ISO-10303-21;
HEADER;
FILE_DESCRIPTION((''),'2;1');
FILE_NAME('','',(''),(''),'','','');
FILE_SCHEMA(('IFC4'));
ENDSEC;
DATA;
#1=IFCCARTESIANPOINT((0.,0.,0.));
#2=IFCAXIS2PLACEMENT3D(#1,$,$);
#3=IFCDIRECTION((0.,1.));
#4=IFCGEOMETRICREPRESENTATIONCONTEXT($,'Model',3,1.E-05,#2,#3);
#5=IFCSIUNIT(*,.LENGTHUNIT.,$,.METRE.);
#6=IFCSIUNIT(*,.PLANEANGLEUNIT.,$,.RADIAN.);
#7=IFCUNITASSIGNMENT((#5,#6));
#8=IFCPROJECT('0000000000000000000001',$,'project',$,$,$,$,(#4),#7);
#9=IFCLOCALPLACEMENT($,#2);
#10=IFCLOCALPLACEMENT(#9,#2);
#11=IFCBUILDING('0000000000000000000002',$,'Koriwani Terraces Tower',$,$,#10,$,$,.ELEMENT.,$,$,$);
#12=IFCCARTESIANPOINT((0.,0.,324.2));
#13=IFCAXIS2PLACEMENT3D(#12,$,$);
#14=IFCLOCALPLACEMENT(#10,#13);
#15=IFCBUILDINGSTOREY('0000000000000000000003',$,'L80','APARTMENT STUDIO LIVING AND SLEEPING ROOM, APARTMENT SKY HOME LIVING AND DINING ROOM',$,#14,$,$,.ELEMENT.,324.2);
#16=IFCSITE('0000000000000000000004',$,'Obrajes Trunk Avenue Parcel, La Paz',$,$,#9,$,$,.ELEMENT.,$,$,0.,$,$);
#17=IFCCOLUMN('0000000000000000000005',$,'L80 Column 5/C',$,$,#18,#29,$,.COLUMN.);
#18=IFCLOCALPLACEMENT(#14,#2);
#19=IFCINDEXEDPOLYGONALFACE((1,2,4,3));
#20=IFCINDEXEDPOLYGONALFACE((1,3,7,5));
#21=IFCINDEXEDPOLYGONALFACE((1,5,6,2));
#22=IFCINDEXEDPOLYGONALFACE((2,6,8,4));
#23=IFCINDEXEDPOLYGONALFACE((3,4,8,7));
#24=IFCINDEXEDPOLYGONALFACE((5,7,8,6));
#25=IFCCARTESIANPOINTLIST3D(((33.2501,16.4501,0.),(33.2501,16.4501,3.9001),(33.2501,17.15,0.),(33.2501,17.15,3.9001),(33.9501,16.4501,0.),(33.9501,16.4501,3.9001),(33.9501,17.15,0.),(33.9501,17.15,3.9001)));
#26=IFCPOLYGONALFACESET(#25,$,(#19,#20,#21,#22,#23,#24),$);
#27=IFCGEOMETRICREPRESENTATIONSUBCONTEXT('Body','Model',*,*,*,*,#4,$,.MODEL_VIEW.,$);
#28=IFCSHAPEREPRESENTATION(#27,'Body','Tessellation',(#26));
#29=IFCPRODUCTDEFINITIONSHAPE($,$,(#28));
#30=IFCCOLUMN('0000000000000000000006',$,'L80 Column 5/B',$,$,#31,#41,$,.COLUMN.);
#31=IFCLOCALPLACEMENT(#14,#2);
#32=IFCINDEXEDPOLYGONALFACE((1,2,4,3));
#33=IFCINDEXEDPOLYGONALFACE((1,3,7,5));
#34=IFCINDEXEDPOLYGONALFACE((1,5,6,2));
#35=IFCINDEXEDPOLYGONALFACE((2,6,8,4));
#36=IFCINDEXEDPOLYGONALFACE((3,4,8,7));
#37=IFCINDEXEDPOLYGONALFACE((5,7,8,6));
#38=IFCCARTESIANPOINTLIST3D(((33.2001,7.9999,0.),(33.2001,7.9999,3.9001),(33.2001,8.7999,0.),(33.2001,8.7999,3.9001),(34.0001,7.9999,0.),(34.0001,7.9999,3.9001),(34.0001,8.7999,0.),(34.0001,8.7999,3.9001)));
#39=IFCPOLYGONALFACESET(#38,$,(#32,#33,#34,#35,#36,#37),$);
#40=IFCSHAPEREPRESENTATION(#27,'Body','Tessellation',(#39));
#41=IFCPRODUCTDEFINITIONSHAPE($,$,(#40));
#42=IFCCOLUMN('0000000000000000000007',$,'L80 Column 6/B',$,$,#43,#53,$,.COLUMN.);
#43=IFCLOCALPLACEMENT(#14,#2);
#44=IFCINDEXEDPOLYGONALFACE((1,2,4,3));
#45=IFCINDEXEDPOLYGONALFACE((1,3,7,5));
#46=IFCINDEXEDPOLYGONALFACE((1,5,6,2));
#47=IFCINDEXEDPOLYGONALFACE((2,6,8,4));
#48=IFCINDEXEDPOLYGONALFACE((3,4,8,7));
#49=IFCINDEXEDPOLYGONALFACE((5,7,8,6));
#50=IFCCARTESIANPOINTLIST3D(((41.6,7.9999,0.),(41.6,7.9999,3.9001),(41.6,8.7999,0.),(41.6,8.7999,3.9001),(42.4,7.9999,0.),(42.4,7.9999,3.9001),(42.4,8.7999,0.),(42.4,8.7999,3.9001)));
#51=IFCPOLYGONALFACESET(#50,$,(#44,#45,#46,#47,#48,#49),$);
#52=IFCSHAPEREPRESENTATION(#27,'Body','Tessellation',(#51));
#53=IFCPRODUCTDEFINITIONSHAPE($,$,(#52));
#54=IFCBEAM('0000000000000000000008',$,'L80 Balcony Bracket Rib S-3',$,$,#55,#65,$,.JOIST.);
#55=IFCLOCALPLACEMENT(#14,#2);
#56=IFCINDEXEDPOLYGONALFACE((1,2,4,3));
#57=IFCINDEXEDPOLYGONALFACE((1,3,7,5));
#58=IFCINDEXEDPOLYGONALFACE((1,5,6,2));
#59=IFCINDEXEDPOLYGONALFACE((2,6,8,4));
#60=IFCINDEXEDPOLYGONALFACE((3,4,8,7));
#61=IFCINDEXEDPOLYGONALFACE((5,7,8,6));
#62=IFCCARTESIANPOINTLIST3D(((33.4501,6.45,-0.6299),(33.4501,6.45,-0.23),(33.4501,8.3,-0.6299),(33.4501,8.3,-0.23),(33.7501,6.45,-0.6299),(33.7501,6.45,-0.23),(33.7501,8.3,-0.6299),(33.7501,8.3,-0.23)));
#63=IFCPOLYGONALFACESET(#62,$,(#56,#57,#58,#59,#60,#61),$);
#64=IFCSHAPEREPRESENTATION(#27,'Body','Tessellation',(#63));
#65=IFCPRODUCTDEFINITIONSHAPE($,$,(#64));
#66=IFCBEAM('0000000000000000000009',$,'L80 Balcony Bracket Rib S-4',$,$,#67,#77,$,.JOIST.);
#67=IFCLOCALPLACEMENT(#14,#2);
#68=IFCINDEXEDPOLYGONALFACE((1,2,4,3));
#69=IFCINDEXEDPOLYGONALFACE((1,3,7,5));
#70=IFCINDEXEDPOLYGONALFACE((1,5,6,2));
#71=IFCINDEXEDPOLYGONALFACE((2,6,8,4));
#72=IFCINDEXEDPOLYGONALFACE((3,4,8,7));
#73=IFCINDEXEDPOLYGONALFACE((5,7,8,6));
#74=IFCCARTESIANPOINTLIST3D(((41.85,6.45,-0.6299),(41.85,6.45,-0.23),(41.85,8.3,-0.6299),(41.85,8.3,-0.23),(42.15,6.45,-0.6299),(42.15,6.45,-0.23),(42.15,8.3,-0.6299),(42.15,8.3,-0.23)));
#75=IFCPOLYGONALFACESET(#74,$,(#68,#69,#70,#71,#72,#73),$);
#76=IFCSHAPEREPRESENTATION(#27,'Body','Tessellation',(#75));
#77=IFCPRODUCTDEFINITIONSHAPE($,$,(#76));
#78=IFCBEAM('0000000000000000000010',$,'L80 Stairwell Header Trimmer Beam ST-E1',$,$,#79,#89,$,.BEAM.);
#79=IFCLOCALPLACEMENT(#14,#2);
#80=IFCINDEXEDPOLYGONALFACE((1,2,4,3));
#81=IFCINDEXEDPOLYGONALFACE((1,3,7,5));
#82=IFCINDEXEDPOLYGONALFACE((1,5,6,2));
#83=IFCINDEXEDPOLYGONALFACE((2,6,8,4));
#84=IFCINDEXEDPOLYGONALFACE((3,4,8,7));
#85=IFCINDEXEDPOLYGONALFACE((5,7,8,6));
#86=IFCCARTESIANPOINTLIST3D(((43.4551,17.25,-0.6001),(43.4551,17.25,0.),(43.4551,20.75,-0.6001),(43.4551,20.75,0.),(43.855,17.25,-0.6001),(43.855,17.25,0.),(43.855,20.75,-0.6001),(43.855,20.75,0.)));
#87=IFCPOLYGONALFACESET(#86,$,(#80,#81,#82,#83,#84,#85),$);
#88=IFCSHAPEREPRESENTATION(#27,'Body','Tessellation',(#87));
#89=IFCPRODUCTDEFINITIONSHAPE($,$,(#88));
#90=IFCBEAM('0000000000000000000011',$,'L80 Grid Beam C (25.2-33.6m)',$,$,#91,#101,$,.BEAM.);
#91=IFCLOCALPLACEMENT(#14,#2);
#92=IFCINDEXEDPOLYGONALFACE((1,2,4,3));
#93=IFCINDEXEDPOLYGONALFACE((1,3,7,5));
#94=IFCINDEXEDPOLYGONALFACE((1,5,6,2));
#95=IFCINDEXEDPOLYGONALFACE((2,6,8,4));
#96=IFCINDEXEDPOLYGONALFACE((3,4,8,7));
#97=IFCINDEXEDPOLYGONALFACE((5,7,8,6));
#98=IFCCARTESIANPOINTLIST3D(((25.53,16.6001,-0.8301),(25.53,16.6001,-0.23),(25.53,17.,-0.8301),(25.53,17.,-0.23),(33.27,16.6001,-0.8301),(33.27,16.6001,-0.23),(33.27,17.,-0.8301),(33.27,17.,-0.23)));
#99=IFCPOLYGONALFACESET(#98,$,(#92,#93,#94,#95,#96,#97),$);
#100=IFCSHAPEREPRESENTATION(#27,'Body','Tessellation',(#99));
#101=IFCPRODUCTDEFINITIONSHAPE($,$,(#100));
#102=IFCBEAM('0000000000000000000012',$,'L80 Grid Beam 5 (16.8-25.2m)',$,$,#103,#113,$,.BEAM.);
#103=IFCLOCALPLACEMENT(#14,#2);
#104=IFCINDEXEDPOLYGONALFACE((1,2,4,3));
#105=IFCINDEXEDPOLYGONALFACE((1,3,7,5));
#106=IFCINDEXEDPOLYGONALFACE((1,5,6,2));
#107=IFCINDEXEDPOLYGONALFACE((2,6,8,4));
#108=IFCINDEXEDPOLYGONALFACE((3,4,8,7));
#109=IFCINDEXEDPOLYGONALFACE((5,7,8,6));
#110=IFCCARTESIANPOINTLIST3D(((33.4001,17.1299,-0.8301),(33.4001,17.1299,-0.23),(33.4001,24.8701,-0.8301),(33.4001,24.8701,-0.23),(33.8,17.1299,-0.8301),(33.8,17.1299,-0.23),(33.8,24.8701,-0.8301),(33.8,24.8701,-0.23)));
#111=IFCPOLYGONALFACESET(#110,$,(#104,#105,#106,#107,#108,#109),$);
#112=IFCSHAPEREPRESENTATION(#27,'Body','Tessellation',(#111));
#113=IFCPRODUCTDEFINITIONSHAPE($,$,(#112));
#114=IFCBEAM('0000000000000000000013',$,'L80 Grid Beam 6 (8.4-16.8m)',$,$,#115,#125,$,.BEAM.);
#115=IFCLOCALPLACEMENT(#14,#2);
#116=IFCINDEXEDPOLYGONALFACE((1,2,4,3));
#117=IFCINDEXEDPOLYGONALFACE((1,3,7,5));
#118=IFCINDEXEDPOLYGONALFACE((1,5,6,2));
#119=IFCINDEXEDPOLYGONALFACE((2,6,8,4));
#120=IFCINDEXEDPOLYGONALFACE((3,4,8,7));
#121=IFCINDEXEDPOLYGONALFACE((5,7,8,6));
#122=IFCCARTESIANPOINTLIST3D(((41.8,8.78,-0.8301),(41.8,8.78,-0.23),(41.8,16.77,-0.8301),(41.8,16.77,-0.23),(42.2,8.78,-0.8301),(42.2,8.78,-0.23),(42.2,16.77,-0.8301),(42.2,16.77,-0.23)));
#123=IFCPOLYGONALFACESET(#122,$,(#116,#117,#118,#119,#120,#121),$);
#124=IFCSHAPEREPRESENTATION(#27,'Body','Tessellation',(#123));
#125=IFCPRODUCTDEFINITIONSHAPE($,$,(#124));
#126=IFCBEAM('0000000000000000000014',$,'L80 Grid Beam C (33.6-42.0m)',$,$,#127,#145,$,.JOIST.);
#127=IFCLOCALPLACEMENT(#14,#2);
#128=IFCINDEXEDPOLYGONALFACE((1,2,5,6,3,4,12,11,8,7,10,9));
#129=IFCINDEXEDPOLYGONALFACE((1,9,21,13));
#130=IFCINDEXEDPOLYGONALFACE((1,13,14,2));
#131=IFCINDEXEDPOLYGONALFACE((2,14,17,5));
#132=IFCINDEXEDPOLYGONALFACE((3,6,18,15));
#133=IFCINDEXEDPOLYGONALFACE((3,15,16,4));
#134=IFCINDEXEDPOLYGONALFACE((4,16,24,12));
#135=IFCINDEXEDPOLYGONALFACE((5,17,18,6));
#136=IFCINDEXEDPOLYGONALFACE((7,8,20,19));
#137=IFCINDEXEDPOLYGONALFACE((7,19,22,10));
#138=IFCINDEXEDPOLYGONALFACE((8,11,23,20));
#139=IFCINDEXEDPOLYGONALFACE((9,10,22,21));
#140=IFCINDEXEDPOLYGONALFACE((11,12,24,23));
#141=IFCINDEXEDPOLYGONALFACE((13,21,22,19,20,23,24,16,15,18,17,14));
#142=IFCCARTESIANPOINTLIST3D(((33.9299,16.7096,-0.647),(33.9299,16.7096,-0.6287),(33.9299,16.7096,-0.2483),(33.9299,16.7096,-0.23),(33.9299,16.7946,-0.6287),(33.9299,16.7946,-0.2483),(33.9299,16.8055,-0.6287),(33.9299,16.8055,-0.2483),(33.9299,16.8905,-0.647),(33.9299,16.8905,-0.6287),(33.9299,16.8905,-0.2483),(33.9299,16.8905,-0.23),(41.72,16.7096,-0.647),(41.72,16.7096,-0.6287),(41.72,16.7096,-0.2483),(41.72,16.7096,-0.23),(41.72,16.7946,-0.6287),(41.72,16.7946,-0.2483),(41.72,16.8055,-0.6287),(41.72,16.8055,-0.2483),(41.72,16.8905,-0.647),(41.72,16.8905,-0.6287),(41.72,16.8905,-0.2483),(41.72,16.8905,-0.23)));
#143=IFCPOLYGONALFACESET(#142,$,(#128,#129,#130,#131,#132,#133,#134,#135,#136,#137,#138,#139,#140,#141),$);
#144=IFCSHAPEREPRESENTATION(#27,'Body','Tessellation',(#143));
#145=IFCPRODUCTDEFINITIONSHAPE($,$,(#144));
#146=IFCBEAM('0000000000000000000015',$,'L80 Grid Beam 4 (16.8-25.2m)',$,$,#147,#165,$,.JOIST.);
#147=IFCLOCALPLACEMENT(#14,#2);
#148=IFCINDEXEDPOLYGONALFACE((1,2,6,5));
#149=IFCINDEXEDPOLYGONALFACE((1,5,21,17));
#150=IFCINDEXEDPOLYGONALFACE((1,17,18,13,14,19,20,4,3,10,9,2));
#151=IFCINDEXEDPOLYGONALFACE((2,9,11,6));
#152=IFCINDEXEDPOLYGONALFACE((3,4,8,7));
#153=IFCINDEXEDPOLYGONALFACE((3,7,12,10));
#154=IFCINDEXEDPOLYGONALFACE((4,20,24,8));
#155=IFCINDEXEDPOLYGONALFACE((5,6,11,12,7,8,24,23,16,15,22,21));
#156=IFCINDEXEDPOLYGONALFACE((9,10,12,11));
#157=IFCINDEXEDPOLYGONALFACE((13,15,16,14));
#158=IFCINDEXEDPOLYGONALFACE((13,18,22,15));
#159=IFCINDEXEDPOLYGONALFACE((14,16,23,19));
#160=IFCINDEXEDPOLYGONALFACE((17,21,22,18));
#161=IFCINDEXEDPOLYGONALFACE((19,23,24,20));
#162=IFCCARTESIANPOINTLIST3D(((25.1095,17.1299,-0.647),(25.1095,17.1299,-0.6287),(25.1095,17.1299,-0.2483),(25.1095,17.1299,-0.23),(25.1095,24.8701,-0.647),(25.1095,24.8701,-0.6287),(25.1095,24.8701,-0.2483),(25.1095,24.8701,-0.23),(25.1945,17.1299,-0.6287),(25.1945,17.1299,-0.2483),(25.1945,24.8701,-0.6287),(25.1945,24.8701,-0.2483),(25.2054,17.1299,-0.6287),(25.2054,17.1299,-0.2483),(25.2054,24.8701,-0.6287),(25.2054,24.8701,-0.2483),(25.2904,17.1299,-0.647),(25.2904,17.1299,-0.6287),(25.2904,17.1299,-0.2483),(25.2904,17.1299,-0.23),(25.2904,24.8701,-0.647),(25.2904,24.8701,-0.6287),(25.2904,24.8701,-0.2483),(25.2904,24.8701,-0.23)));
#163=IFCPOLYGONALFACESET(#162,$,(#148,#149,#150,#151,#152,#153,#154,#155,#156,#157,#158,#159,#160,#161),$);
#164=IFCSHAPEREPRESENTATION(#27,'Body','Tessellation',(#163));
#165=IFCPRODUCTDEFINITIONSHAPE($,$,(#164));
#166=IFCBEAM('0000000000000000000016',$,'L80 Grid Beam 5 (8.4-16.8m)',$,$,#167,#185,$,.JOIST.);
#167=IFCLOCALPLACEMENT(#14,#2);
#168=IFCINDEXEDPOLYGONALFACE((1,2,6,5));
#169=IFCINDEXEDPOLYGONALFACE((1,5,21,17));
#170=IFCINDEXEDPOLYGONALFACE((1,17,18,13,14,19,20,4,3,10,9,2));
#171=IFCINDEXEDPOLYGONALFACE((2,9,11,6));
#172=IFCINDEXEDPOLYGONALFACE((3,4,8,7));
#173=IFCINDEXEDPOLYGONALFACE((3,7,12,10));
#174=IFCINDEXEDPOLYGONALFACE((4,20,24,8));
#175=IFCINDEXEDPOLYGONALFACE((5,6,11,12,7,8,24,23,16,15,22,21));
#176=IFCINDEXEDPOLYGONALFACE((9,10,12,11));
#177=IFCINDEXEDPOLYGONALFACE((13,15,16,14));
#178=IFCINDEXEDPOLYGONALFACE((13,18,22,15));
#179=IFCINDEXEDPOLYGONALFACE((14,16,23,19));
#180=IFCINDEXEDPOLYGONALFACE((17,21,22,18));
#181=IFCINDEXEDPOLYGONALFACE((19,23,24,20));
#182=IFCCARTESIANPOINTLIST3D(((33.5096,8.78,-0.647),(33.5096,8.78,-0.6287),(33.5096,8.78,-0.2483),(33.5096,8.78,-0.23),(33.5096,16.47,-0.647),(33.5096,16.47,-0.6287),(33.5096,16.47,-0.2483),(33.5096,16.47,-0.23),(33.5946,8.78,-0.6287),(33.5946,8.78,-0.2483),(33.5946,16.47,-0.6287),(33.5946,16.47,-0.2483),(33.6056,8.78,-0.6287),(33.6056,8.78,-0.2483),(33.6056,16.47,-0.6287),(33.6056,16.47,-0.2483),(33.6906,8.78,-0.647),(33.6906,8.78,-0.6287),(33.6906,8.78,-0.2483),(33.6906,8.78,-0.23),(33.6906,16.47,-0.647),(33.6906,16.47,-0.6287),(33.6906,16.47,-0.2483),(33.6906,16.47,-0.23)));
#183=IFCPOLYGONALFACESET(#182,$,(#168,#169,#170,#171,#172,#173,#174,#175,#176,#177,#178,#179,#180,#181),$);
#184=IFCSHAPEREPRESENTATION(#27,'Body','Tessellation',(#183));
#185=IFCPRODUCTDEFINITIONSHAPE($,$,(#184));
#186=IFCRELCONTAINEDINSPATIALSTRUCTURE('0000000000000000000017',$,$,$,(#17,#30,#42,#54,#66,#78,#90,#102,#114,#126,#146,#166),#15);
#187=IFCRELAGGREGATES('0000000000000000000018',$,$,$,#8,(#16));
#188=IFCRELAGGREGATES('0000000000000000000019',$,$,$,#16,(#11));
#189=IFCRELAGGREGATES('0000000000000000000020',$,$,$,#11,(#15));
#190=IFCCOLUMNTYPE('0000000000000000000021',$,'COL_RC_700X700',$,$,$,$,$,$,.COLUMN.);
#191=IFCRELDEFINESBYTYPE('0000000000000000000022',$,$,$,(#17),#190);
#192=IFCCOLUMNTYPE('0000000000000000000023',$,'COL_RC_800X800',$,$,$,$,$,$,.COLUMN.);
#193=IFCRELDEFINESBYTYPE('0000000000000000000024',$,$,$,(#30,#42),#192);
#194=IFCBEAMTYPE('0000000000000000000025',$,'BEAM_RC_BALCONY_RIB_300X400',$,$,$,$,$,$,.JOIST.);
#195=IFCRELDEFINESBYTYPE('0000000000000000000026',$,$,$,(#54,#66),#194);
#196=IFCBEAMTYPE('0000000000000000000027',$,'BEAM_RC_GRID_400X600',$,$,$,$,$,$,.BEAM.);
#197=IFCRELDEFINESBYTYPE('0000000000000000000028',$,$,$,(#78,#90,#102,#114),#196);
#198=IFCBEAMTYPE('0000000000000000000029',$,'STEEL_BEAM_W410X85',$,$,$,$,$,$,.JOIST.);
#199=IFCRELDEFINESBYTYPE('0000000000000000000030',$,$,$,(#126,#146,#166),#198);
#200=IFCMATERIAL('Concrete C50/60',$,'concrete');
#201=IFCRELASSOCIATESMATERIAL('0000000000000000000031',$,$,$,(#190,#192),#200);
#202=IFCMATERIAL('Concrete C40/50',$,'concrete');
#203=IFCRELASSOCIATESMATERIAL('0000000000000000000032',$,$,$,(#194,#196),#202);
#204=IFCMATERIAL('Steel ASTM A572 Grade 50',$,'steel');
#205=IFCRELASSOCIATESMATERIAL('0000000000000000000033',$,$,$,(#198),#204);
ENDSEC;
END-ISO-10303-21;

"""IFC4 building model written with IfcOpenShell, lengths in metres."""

from ifc_helpers import new_model, si_unit, direction, frame, origin, origin_2d, place, context, subcontext, project, spatial, rectangle, i_section, extrude, material, material_profile, profile_set, type_object, element, save


model = new_model("IFC4")

# Units and contexts
model_context = context("Model", 3, precision=1e-05, world=origin(), true_north=direction((0.0, 1.0)))
body_context = subcontext(model_context, "Body", "Model", "MODEL_VIEW")
ifc_project = project(units=[si_unit("LENGTHUNIT", "METRE"), si_unit("PLANEANGLEUNIT", "RADIAN")], contexts=[model_context])

# Site, building, storey
site_placement = place(None, origin())
site = spatial("IfcSite", under=ifc_project, at=site_placement, Name="Obrajes Trunk Avenue Parcel, La Paz", CompositionType="ELEMENT", RefElevation=0.0)
building_placement = place(site_placement, origin())
building = spatial("IfcBuilding", under=site, at=building_placement, Name="Koriwani Terraces Tower", CompositionType="ELEMENT")
storey_placement = place(building_placement, frame((0.0, 0.0, 324.2)))
storey = spatial("IfcBuildingStorey", under=building, at=storey_placement, Name="L80", Description="APARTMENT STUDIO LIVING AND SLEEPING ROOM, APARTMENT SKY HOME LIVING AND DINING ROOM", CompositionType="ELEMENT", Elevation=324.2)

# Columns
ifc_material_1 = material(Name="Concrete C50/60", Category="concrete")
ifc_material_profile_1 = material_profile(ifc_material_1, rectangle(XDim=0.7, YDim=0.7, at=origin_2d()), Name="Concrete C50/60", Category="LoadBearing")
ifc_profile_set_1 = profile_set([ifc_material_profile_1], Name="Concrete C50/60")
column_type_1 = type_object("IfcColumnType", Name="COL_RC_700X700", PredefinedType="COLUMN", material=ifc_profile_set_1)
column_placement = place(storey_placement, frame((33.6001, 16.8, 0.0), z_axis=(0.0, 0.0, 1.0), x_axis=(1.0, 0.0, 0.0)))
element("IfcColumn", 1, at=column_placement, inside=storey, type_object=column_type_1, Name="L80 Column 5/C", PredefinedType="COLUMN", context=body_context, shape_type="SweptSolid", body=[
    extrude(rectangle(XDim=0.7, YDim=0.7, at=origin_2d()), origin(), (0.0, 0.0, 1.0), 3.9001),
])
ifc_material_profile_2 = material_profile(ifc_material_1, rectangle(XDim=0.8, YDim=0.8, at=origin_2d()), Name="Concrete C50/60", Category="LoadBearing")
ifc_profile_set_2 = profile_set([ifc_material_profile_2], Name="Concrete C50/60")
column_type_2 = type_object("IfcColumnType", Name="COL_RC_800X800", PredefinedType="COLUMN", material=ifc_profile_set_2)
for number, where, z_axis, x_axis, name in (
    (2, (33.6001, 8.3999, 0.0), (0.0, 0.0, 1.0), (1.0, 0.0, 0.0), "L80 Column 5/B"),
    (3, (42.0, 8.3999, 0.0), (0.0, 0.0, 1.0), (1.0, 0.0, 0.0), "L80 Column 6/B"),
):
    element("IfcColumn", number, at=place(storey_placement, frame(where, z_axis=z_axis, x_axis=x_axis)), inside=storey, type_object=column_type_2, Name=name, PredefinedType="COLUMN", context=body_context, shape_type="SweptSolid", body=[
        extrude(rectangle(XDim=0.8, YDim=0.8, at=origin_2d()), origin(), (0.0, 0.0, 1.0), 3.9001),
    ])

# Beams
ifc_material_2 = material(Name="Concrete C40/50", Category="concrete")
ifc_material_profile_3 = material_profile(ifc_material_2, rectangle(XDim=0.3, YDim=0.3999, at=origin_2d()), Name="Concrete C40/50", Category="LoadBearing")
ifc_profile_set_3 = profile_set([ifc_material_profile_3], Name="Concrete C40/50")
beam_type_1 = type_object("IfcBeamType", Name="BEAM_RC_BALCONY_RIB_300X400", PredefinedType="JOIST", material=ifc_profile_set_3)
for number, where, z_axis, x_axis, name in (
    (4, (33.6001, 6.45, -0.4299), (0.0, 1.0, 0.0), (-1.0, 0.0, 0.0), "L80 Balcony Bracket Rib S-3"),
    (5, (42.0, 6.45, -0.4299), (0.0, 1.0, 0.0), (-1.0, 0.0, 0.0), "L80 Balcony Bracket Rib S-4"),
):
    element("IfcBeam", number, at=place(storey_placement, frame(where, z_axis=z_axis, x_axis=x_axis)), inside=storey, type_object=beam_type_1, Name=name, PredefinedType="JOIST", context=body_context, shape_type="SweptSolid", body=[
        extrude(rectangle(XDim=0.3, YDim=0.3999, at=origin_2d()), origin(), (0.0, 0.0, 1.0), 1.8501),
    ])
ifc_material_profile_4 = material_profile(ifc_material_2, rectangle(XDim=0.3999, YDim=0.6001, at=origin_2d()), Name="Concrete C40/50", Category="LoadBearing")
ifc_profile_set_4 = profile_set([ifc_material_profile_4], Name="Concrete C40/50")
beam_type_2 = type_object("IfcBeamType", Name="BEAM_RC_GRID_400X600", PredefinedType="BEAM", material=ifc_profile_set_4)
beam_1_placement = place(storey_placement, frame((43.655, 17.25, -0.3), z_axis=(0.0, 1.0, 0.0), x_axis=(-1.0, 0.0, 0.0)))
element("IfcBeam", 6, at=beam_1_placement, inside=storey, type_object=beam_type_2, Name="L80 Stairwell Header Trimmer Beam ST-E1", PredefinedType="BEAM", context=body_context, shape_type="SweptSolid", body=[
    extrude(rectangle(XDim=0.3999, YDim=0.6001, at=origin_2d()), origin(), (0.0, 0.0, 1.0), 3.5),
])
beam_2_placement = place(storey_placement, frame((25.53, 16.8, -0.53), z_axis=(1.0, 0.0, 0.0), x_axis=(0.0, 1.0, 0.0)))
element("IfcBeam", 7, at=beam_2_placement, inside=storey, type_object=beam_type_2, Name="L80 Grid Beam C (25.2-33.6m)", PredefinedType="BEAM", context=body_context, shape_type="SweptSolid", body=[
    extrude(rectangle(XDim=0.3999, YDim=0.6001, at=origin_2d()), origin(), (0.0, 0.0, 1.0), 7.74),
])
beam_3_placement = place(storey_placement, frame((33.6001, 17.1299, -0.53), z_axis=(0.0, 1.0, 0.0), x_axis=(-1.0, 0.0, 0.0)))
element("IfcBeam", 8, at=beam_3_placement, inside=storey, type_object=beam_type_2, Name="L80 Grid Beam 5 (16.8-25.2m)", PredefinedType="BEAM", context=body_context, shape_type="SweptSolid", body=[
    extrude(rectangle(XDim=0.3999, YDim=0.6001, at=origin_2d()), origin(), (0.0, 0.0, 1.0), 7.7402),
])
beam_4_placement = place(storey_placement, frame((42.0, 8.78, -0.53), z_axis=(0.0, 1.0, 0.0), x_axis=(-1.0, 0.0, 0.0)))
element("IfcBeam", 9, at=beam_4_placement, inside=storey, type_object=beam_type_2, Name="L80 Grid Beam 6 (8.4-16.8m)", PredefinedType="BEAM", context=body_context, shape_type="SweptSolid", body=[
    extrude(rectangle(XDim=0.3999, YDim=0.6001, at=origin_2d()), origin(), (0.0, 0.0, 1.0), 7.99),
])
ifc_material_3 = material(Name="Steel ASTM A572 Grade 50", Category="steel")
ifc_material_profile_5 = material_profile(ifc_material_3, i_section(OverallWidth=0.1809, OverallDepth=0.417, WebThickness=0.011, FlangeThickness=0.0183, at=origin_2d()), Name="Steel ASTM A572 Grade 50", Category="LoadBearing")
ifc_profile_set_5 = profile_set([ifc_material_profile_5], Name="Steel ASTM A572 Grade 50")
beam_type_3 = type_object("IfcBeamType", Name="STEEL_BEAM_W410X85", PredefinedType="JOIST", material=ifc_profile_set_5)
beam_5_placement = place(storey_placement, frame((33.9299, 16.8, -0.4385), z_axis=(1.0, 0.0, 0.0), x_axis=(0.0, 1.0, 0.0)))
element("IfcBeam", 10, at=beam_5_placement, inside=storey, type_object=beam_type_3, Name="L80 Grid Beam C (33.6-42.0m)", PredefinedType="JOIST", context=body_context, shape_type="SweptSolid", body=[
    extrude(i_section(OverallWidth=0.1809, OverallDepth=0.417, WebThickness=0.011, FlangeThickness=0.0183, at=origin_2d()), origin(), (0.0, 0.0, 1.0), 7.79),
])
beam_6_placement = place(storey_placement, frame((25.2, 17.1299, -0.4385), z_axis=(0.0, 1.0, 0.0), x_axis=(-1.0, 0.0, 0.0)))
element("IfcBeam", 11, at=beam_6_placement, inside=storey, type_object=beam_type_3, Name="L80 Grid Beam 4 (16.8-25.2m)", PredefinedType="JOIST", context=body_context, shape_type="SweptSolid", body=[
    extrude(i_section(OverallWidth=0.1809, OverallDepth=0.417, WebThickness=0.011, FlangeThickness=0.0183, at=origin_2d()), origin(), (0.0, 0.0, 1.0), 7.7402),
])
beam_7_placement = place(storey_placement, frame((33.6001, 8.78, -0.4385), z_axis=(0.0, 1.0, 0.0), x_axis=(-1.0, 0.0, 0.0)))
element("IfcBeam", 12, at=beam_7_placement, inside=storey, type_object=beam_type_3, Name="L80 Grid Beam 5 (8.4-16.8m)", PredefinedType="JOIST", context=body_context, shape_type="SweptSolid", body=[
    extrude(i_section(OverallWidth=0.1809, OverallDepth=0.417, WebThickness=0.011, FlangeThickness=0.0183, at=origin_2d()), origin(), (0.0, 0.0, 1.0), 7.6899),
])

save(model, "model.ifc")
